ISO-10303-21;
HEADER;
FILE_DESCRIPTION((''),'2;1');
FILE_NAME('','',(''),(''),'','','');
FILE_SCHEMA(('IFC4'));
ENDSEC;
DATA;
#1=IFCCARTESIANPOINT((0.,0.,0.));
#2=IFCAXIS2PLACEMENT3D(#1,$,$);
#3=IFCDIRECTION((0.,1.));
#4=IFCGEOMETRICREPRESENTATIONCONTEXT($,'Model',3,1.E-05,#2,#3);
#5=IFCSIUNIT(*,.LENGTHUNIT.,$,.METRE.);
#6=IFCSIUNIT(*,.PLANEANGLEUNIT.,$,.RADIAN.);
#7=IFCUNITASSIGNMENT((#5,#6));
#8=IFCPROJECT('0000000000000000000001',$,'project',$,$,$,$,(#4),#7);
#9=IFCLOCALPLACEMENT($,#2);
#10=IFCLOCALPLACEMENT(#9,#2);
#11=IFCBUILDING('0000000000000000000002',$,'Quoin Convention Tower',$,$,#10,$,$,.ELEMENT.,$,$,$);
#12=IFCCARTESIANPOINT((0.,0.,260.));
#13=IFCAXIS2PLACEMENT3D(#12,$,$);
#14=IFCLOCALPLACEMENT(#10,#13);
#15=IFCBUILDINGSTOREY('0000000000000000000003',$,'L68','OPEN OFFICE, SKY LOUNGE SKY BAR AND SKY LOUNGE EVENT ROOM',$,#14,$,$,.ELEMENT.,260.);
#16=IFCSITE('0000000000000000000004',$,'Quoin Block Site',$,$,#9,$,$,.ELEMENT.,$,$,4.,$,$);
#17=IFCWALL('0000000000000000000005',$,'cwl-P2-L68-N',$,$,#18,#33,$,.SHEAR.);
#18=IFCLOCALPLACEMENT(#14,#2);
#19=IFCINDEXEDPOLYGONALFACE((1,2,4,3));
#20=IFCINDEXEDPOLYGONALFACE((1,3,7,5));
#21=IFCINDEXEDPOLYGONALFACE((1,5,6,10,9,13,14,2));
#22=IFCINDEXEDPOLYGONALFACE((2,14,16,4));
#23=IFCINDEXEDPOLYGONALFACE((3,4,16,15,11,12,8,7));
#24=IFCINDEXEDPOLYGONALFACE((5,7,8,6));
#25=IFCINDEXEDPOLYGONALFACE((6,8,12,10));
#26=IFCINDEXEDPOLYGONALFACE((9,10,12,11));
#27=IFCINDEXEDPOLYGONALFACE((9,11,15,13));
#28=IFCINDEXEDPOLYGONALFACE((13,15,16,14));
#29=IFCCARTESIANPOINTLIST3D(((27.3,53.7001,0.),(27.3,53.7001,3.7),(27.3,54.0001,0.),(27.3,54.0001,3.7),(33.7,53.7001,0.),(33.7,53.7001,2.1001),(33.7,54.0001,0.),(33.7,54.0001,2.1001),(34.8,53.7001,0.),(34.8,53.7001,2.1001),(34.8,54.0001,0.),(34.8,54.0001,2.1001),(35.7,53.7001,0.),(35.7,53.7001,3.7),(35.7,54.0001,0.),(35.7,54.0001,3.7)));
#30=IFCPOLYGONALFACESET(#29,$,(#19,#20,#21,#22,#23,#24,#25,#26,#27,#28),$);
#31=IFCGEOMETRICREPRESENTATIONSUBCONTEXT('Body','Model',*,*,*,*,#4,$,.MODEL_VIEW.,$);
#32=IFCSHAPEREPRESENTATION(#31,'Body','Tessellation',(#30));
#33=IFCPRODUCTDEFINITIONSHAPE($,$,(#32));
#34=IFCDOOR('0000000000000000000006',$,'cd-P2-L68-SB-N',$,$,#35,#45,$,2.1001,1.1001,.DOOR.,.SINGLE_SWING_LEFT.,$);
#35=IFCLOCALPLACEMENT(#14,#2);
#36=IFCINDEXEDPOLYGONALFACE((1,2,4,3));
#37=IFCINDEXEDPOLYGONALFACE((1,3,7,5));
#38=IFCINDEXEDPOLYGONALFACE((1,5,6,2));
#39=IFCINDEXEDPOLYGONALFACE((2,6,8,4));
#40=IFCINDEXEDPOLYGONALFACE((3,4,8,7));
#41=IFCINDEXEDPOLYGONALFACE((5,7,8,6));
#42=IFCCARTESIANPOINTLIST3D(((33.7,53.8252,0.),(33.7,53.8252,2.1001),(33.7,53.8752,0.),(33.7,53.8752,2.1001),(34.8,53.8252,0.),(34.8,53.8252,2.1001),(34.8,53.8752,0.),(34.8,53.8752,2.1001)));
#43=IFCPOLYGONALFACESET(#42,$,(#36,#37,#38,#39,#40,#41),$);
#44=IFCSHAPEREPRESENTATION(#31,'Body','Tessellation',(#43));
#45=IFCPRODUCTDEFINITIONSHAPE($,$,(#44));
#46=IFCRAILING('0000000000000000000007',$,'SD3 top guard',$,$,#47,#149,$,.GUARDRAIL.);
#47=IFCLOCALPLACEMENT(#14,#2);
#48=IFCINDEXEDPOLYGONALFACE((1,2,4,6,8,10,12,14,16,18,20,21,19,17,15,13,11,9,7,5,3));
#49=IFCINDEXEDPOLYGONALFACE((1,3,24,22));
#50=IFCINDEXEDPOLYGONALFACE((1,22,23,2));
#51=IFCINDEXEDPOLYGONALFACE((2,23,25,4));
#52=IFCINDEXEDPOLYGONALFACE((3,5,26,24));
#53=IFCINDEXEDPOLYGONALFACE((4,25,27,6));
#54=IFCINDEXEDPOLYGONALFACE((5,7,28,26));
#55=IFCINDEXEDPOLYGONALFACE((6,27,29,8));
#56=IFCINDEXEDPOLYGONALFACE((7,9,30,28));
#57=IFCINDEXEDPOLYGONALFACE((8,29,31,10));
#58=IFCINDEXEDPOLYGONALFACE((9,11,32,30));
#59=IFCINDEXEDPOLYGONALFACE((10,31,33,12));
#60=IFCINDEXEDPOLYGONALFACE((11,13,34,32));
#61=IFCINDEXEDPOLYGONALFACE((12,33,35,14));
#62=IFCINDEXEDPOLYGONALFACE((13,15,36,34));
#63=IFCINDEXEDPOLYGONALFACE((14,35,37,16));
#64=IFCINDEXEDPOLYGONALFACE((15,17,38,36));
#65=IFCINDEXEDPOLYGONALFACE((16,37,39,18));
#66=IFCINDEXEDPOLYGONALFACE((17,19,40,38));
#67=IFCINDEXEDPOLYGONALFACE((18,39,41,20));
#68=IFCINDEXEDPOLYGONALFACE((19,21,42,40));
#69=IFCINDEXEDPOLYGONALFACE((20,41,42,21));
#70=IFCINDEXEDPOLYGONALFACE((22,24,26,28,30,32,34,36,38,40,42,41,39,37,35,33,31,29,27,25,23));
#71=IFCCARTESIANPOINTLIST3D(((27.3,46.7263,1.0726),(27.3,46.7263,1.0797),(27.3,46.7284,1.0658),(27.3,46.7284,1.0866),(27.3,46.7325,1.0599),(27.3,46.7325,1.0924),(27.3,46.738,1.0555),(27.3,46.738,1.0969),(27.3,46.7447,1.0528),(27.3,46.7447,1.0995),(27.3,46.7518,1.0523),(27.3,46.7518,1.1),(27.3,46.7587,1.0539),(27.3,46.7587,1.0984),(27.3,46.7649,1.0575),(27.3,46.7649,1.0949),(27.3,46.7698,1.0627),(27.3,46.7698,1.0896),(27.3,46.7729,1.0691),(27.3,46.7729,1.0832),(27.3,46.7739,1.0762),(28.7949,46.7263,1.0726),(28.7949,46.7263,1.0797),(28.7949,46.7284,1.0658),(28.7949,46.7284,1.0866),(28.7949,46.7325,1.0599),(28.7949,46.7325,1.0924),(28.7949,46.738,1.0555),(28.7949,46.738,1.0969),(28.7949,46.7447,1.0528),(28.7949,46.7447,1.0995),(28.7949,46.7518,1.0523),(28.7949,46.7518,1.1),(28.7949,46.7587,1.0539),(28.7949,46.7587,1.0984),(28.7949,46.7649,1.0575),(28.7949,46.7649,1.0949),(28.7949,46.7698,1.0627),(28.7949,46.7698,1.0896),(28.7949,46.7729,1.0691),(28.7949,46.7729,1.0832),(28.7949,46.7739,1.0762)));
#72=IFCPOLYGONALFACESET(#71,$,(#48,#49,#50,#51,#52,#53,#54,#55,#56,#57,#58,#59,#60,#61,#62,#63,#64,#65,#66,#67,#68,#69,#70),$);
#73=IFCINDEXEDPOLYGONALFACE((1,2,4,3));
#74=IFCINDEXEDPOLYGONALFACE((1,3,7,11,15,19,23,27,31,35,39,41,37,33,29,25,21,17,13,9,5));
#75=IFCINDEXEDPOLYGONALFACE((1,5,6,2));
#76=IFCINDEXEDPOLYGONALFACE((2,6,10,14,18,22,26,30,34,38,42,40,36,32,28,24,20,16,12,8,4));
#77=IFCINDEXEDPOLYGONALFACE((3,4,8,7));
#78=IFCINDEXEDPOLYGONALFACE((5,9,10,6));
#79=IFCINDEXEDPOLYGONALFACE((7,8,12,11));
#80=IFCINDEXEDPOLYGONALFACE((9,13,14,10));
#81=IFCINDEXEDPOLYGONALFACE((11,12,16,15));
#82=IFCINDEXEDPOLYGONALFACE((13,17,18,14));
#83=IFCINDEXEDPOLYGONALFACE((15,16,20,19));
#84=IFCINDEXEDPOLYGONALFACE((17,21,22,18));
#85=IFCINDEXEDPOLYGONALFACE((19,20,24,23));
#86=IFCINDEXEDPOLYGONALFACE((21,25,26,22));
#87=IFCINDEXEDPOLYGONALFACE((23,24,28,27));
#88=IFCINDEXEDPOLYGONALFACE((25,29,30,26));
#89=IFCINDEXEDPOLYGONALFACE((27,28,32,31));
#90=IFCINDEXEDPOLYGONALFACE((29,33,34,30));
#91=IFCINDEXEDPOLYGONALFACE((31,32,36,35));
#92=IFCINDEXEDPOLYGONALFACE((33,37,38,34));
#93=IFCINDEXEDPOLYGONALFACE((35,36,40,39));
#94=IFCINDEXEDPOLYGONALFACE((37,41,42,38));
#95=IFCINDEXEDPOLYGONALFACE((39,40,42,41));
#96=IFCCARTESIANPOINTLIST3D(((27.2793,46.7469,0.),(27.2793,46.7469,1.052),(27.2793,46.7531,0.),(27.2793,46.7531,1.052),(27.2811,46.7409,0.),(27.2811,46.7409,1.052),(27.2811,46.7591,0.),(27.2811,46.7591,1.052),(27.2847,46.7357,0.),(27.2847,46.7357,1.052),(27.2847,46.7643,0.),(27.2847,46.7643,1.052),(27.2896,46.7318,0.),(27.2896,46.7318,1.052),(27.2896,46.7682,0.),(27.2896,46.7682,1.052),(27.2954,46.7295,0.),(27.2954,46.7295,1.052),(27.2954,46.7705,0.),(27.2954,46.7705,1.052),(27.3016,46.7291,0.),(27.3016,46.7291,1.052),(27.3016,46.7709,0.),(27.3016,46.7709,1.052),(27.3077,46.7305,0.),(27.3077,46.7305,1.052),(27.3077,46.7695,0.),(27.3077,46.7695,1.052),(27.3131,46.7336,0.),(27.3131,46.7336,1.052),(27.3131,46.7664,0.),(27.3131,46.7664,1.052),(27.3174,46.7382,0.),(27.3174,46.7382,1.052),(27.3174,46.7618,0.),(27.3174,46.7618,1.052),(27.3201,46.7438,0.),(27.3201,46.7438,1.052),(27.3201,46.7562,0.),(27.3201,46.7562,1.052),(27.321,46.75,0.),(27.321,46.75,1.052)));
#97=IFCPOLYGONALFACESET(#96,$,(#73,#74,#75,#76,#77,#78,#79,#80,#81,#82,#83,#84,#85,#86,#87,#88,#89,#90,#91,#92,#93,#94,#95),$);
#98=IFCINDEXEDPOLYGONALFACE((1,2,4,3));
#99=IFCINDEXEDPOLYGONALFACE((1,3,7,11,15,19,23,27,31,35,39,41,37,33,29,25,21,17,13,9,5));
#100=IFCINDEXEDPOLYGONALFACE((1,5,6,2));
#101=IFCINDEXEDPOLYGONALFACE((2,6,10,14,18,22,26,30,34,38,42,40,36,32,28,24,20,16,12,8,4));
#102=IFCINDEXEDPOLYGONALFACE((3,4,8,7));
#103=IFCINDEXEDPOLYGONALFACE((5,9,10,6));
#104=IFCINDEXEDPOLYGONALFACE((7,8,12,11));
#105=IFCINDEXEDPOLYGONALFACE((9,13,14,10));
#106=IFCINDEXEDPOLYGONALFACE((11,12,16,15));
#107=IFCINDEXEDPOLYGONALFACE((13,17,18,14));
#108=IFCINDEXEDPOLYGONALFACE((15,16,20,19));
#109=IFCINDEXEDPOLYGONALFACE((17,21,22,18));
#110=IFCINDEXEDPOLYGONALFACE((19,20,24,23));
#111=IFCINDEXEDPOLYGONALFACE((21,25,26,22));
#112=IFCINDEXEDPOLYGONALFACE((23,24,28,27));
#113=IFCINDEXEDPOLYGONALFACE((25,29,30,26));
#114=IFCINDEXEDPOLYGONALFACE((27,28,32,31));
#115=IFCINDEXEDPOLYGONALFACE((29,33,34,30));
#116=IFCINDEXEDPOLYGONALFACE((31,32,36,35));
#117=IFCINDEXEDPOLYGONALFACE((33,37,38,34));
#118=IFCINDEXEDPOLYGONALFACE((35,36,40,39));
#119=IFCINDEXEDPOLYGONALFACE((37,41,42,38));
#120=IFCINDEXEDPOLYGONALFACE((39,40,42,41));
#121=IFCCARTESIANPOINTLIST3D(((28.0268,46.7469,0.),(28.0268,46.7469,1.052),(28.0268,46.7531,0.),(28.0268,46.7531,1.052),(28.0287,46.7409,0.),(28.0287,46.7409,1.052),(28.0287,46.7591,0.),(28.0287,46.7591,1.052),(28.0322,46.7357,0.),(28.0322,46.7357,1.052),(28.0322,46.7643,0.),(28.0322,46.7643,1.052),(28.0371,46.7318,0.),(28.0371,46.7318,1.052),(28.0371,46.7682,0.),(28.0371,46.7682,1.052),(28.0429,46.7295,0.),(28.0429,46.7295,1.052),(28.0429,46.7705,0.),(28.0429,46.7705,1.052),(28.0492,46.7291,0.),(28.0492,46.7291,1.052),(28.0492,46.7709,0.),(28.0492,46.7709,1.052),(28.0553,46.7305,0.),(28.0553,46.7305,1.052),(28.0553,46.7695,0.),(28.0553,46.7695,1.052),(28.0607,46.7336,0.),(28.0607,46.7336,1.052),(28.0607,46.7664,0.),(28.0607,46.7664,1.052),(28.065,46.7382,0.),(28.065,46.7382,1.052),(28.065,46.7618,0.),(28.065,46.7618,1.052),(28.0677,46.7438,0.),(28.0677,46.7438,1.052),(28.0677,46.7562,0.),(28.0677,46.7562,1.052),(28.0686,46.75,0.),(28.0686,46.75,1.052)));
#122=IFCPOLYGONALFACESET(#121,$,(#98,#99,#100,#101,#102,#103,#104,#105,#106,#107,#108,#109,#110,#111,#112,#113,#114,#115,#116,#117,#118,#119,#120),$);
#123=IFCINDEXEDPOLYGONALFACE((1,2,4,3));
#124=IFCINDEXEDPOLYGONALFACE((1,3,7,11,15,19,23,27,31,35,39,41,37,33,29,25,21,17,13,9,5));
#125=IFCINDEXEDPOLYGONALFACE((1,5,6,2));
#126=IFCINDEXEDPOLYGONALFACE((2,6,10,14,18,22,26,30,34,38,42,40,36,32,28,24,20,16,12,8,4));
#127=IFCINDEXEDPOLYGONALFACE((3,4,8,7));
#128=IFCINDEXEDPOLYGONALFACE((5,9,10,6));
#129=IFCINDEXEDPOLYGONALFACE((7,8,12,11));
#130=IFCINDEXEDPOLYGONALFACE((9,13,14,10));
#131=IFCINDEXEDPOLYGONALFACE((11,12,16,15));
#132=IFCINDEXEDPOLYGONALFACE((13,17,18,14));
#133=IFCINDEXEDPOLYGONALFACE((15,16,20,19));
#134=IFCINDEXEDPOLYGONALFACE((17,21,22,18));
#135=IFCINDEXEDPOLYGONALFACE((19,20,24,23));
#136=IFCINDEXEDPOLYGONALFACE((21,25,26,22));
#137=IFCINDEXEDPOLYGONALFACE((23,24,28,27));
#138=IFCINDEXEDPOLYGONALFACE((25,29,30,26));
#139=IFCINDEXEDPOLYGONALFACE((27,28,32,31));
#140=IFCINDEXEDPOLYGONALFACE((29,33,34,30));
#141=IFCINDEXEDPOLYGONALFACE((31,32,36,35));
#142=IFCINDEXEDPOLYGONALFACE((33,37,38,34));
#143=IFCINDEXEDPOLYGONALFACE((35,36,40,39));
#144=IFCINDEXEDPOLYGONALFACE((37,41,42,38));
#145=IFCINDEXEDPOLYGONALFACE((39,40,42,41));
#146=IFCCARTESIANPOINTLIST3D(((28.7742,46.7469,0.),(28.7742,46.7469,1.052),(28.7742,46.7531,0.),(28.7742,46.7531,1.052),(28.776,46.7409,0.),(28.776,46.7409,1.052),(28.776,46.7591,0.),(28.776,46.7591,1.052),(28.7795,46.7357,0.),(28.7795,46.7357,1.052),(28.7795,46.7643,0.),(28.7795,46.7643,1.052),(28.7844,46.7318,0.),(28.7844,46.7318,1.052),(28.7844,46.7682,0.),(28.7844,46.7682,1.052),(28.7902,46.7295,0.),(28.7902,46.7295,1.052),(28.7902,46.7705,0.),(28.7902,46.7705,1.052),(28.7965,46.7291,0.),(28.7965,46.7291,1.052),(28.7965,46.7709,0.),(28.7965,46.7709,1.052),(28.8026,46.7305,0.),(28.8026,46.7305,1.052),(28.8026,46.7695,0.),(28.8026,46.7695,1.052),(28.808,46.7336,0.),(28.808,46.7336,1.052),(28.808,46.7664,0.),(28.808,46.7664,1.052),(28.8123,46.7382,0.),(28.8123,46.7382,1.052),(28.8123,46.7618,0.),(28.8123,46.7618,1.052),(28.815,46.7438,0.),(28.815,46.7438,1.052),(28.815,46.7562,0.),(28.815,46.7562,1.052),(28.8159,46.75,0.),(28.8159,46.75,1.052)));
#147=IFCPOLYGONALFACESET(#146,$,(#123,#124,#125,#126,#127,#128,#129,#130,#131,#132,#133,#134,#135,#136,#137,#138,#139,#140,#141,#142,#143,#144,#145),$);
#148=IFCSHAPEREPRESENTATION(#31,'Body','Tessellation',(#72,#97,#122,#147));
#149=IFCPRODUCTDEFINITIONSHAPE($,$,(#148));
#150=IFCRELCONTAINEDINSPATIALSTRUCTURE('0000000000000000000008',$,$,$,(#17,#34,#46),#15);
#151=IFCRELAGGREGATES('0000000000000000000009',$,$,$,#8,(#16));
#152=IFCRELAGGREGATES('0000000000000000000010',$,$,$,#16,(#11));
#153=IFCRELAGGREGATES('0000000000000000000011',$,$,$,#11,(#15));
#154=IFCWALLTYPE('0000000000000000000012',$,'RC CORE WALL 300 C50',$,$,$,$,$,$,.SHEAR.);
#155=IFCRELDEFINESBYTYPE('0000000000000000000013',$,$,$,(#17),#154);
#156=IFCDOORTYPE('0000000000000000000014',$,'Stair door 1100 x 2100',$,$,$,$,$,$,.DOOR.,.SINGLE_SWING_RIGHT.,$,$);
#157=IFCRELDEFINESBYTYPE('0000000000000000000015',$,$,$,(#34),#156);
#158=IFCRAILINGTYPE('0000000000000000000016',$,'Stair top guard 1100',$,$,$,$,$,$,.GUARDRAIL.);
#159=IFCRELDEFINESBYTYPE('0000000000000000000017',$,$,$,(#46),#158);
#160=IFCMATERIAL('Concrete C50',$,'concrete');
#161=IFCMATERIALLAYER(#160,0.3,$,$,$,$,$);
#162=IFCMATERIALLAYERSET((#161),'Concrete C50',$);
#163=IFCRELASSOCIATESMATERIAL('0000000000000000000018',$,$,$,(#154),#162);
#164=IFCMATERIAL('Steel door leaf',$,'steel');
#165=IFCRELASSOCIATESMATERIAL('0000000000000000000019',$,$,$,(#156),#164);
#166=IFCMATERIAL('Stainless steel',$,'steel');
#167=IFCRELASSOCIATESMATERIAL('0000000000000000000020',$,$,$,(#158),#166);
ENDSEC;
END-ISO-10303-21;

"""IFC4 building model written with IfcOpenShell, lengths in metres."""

from ifc_helpers import new_model, si_unit, direction, frame, frame_2d, origin, origin_2d, place, context, subcontext, project, spatial, rectangle, circle, extrude, material, layer, layer_set, type_object, element, fill, save


model = new_model("IFC4")

# Units and contexts
model_context = context("Model", 3, precision=1e-05, world=origin(), true_north=direction((0.0, 1.0)))
body_context = subcontext(model_context, "Body", "Model", "MODEL_VIEW")
ifc_project = project(units=[si_unit("LENGTHUNIT", "METRE"), si_unit("PLANEANGLEUNIT", "RADIAN")], contexts=[model_context])

# Site, building, storey
site_placement = place(None, origin())
site = spatial("IfcSite", under=ifc_project, at=site_placement, Name="Quoin Block Site", CompositionType="ELEMENT", RefElevation=4.0)
building_placement = place(site_placement, origin())
building = spatial("IfcBuilding", under=site, at=building_placement, Name="Quoin Convention Tower", CompositionType="ELEMENT")
storey_placement = place(building_placement, frame((0.0, 0.0, 260.0)))
storey = spatial("IfcBuildingStorey", under=building, at=storey_placement, Name="L68", Description="OPEN OFFICE, SKY LOUNGE SKY BAR AND SKY LOUNGE EVENT ROOM", CompositionType="ELEMENT", Elevation=260.0)

# Shared definitions
ifc_material_1 = material(Name="Concrete C50", Category="concrete")

# Wall, opening, door
ifc_layer_1 = layer(ifc_material_1, 0.3)
ifc_layer_set_1 = layer_set([ifc_layer_1], Name="Concrete C50")
wall_type_1 = type_object("IfcWallType", Name="RC CORE WALL 300 C50", PredefinedType="SHEAR", material=ifc_layer_set_1)
wall_1_placement = place(storey_placement, frame((27.3, 53.8501, 0.0), z_axis=(0.0, 0.0, 1.0), x_axis=(1.0, 0.0, 0.0)))
wall_1 = element("IfcWall", 1, at=wall_1_placement, inside=storey, type_object=wall_type_1, Name="cwl-P2-L68-N", PredefinedType="SHEAR", context=body_context, shape_type="SweptSolid", body=[
    extrude(rectangle(XDim=8.3999, YDim=0.3, at=frame_2d((4.2, 0.0))), origin(), (0.0, 0.0, 1.0), 3.7),
])
opening_placement = place(wall_1_placement, frame((6.3999, 0.0, 0.0)))
opening = element("IfcOpeningElement", 2, at=opening_placement, cuts=wall_1, PredefinedType="OPENING", context=body_context, shape_type="SweptSolid", body=[
    extrude(rectangle(XDim=1.1001, YDim=2.1001, at=frame_2d((0.55, 1.05))), frame((0.0, 0.1599, 0.0), z_axis=(0.0, -1.0, 0.0), x_axis=(1.0, 0.0, 0.0)), (0.0, 0.0, 1.0), 0.3201),
])
ifc_material_2 = material(Name="Steel door leaf", Category="steel")
door_type = type_object("IfcDoorType", Name="Stair door 1100 x 2100", OperationType="SINGLE_SWING_RIGHT", PredefinedType="DOOR", material=ifc_material_2)
door_placement = place(opening_placement, frame((1.1001, 0.0, 0.0), z_axis=(0.0, 0.0, 1.0), x_axis=(-1.0, 0.0, 0.0)))
door = element("IfcDoor", 3, at=door_placement, inside=storey, type_object=door_type, Name="cd-P2-L68-SB-N", OperationType="SINGLE_SWING_LEFT", OverallHeight=2.1001, OverallWidth=1.1001, PredefinedType="DOOR", context=body_context, shape_type="SweptSolid", body=[
    extrude(rectangle(XDim=1.1001, YDim=2.1001, at=frame_2d((0.55, 1.05))), frame((0.0, 0.0249, 0.0), z_axis=(0.0, -1.0, 0.0), x_axis=(1.0, 0.0, 0.0)), (0.0, 0.0, 1.0), 0.05),
])
fill(opening, door)

# Railing
ifc_material_3 = material(Name="Stainless steel", Category="steel")
railing_type = type_object("IfcRailingType", Name="Stair top guard 1100", PredefinedType="GUARDRAIL", material=ifc_material_3)
railing_1_placement = place(storey_placement, frame((27.3, 46.75, 0.0)))
element("IfcRailing", 4, at=railing_1_placement, inside=storey, type_object=railing_type, Name="SD3 top guard", PredefinedType="GUARDRAIL", context=body_context, shape_type="SweptSolid", body=[
    extrude(circle(Radius=0.0239, at=origin_2d()), frame((0.0, 0.0, 1.0762), z_axis=(1.0, 0.0, 0.0), x_axis=(0.0, 1.0, 0.0)), (0.0, 0.0, 1.0), 1.4949),
    extrude(circle(Radius=0.021, at=origin_2d()), origin(), (0.0, 0.0, 1.0), 1.052),
    extrude(circle(Radius=0.021, at=origin_2d()), frame((0.7476, 0.0, 0.0)), (0.0, 0.0, 1.0), 1.052),
    extrude(circle(Radius=0.021, at=origin_2d()), frame((1.4949, 0.0, 0.0)), (0.0, 0.0, 1.0), 1.052),
])

save(model, "model.ifc")
